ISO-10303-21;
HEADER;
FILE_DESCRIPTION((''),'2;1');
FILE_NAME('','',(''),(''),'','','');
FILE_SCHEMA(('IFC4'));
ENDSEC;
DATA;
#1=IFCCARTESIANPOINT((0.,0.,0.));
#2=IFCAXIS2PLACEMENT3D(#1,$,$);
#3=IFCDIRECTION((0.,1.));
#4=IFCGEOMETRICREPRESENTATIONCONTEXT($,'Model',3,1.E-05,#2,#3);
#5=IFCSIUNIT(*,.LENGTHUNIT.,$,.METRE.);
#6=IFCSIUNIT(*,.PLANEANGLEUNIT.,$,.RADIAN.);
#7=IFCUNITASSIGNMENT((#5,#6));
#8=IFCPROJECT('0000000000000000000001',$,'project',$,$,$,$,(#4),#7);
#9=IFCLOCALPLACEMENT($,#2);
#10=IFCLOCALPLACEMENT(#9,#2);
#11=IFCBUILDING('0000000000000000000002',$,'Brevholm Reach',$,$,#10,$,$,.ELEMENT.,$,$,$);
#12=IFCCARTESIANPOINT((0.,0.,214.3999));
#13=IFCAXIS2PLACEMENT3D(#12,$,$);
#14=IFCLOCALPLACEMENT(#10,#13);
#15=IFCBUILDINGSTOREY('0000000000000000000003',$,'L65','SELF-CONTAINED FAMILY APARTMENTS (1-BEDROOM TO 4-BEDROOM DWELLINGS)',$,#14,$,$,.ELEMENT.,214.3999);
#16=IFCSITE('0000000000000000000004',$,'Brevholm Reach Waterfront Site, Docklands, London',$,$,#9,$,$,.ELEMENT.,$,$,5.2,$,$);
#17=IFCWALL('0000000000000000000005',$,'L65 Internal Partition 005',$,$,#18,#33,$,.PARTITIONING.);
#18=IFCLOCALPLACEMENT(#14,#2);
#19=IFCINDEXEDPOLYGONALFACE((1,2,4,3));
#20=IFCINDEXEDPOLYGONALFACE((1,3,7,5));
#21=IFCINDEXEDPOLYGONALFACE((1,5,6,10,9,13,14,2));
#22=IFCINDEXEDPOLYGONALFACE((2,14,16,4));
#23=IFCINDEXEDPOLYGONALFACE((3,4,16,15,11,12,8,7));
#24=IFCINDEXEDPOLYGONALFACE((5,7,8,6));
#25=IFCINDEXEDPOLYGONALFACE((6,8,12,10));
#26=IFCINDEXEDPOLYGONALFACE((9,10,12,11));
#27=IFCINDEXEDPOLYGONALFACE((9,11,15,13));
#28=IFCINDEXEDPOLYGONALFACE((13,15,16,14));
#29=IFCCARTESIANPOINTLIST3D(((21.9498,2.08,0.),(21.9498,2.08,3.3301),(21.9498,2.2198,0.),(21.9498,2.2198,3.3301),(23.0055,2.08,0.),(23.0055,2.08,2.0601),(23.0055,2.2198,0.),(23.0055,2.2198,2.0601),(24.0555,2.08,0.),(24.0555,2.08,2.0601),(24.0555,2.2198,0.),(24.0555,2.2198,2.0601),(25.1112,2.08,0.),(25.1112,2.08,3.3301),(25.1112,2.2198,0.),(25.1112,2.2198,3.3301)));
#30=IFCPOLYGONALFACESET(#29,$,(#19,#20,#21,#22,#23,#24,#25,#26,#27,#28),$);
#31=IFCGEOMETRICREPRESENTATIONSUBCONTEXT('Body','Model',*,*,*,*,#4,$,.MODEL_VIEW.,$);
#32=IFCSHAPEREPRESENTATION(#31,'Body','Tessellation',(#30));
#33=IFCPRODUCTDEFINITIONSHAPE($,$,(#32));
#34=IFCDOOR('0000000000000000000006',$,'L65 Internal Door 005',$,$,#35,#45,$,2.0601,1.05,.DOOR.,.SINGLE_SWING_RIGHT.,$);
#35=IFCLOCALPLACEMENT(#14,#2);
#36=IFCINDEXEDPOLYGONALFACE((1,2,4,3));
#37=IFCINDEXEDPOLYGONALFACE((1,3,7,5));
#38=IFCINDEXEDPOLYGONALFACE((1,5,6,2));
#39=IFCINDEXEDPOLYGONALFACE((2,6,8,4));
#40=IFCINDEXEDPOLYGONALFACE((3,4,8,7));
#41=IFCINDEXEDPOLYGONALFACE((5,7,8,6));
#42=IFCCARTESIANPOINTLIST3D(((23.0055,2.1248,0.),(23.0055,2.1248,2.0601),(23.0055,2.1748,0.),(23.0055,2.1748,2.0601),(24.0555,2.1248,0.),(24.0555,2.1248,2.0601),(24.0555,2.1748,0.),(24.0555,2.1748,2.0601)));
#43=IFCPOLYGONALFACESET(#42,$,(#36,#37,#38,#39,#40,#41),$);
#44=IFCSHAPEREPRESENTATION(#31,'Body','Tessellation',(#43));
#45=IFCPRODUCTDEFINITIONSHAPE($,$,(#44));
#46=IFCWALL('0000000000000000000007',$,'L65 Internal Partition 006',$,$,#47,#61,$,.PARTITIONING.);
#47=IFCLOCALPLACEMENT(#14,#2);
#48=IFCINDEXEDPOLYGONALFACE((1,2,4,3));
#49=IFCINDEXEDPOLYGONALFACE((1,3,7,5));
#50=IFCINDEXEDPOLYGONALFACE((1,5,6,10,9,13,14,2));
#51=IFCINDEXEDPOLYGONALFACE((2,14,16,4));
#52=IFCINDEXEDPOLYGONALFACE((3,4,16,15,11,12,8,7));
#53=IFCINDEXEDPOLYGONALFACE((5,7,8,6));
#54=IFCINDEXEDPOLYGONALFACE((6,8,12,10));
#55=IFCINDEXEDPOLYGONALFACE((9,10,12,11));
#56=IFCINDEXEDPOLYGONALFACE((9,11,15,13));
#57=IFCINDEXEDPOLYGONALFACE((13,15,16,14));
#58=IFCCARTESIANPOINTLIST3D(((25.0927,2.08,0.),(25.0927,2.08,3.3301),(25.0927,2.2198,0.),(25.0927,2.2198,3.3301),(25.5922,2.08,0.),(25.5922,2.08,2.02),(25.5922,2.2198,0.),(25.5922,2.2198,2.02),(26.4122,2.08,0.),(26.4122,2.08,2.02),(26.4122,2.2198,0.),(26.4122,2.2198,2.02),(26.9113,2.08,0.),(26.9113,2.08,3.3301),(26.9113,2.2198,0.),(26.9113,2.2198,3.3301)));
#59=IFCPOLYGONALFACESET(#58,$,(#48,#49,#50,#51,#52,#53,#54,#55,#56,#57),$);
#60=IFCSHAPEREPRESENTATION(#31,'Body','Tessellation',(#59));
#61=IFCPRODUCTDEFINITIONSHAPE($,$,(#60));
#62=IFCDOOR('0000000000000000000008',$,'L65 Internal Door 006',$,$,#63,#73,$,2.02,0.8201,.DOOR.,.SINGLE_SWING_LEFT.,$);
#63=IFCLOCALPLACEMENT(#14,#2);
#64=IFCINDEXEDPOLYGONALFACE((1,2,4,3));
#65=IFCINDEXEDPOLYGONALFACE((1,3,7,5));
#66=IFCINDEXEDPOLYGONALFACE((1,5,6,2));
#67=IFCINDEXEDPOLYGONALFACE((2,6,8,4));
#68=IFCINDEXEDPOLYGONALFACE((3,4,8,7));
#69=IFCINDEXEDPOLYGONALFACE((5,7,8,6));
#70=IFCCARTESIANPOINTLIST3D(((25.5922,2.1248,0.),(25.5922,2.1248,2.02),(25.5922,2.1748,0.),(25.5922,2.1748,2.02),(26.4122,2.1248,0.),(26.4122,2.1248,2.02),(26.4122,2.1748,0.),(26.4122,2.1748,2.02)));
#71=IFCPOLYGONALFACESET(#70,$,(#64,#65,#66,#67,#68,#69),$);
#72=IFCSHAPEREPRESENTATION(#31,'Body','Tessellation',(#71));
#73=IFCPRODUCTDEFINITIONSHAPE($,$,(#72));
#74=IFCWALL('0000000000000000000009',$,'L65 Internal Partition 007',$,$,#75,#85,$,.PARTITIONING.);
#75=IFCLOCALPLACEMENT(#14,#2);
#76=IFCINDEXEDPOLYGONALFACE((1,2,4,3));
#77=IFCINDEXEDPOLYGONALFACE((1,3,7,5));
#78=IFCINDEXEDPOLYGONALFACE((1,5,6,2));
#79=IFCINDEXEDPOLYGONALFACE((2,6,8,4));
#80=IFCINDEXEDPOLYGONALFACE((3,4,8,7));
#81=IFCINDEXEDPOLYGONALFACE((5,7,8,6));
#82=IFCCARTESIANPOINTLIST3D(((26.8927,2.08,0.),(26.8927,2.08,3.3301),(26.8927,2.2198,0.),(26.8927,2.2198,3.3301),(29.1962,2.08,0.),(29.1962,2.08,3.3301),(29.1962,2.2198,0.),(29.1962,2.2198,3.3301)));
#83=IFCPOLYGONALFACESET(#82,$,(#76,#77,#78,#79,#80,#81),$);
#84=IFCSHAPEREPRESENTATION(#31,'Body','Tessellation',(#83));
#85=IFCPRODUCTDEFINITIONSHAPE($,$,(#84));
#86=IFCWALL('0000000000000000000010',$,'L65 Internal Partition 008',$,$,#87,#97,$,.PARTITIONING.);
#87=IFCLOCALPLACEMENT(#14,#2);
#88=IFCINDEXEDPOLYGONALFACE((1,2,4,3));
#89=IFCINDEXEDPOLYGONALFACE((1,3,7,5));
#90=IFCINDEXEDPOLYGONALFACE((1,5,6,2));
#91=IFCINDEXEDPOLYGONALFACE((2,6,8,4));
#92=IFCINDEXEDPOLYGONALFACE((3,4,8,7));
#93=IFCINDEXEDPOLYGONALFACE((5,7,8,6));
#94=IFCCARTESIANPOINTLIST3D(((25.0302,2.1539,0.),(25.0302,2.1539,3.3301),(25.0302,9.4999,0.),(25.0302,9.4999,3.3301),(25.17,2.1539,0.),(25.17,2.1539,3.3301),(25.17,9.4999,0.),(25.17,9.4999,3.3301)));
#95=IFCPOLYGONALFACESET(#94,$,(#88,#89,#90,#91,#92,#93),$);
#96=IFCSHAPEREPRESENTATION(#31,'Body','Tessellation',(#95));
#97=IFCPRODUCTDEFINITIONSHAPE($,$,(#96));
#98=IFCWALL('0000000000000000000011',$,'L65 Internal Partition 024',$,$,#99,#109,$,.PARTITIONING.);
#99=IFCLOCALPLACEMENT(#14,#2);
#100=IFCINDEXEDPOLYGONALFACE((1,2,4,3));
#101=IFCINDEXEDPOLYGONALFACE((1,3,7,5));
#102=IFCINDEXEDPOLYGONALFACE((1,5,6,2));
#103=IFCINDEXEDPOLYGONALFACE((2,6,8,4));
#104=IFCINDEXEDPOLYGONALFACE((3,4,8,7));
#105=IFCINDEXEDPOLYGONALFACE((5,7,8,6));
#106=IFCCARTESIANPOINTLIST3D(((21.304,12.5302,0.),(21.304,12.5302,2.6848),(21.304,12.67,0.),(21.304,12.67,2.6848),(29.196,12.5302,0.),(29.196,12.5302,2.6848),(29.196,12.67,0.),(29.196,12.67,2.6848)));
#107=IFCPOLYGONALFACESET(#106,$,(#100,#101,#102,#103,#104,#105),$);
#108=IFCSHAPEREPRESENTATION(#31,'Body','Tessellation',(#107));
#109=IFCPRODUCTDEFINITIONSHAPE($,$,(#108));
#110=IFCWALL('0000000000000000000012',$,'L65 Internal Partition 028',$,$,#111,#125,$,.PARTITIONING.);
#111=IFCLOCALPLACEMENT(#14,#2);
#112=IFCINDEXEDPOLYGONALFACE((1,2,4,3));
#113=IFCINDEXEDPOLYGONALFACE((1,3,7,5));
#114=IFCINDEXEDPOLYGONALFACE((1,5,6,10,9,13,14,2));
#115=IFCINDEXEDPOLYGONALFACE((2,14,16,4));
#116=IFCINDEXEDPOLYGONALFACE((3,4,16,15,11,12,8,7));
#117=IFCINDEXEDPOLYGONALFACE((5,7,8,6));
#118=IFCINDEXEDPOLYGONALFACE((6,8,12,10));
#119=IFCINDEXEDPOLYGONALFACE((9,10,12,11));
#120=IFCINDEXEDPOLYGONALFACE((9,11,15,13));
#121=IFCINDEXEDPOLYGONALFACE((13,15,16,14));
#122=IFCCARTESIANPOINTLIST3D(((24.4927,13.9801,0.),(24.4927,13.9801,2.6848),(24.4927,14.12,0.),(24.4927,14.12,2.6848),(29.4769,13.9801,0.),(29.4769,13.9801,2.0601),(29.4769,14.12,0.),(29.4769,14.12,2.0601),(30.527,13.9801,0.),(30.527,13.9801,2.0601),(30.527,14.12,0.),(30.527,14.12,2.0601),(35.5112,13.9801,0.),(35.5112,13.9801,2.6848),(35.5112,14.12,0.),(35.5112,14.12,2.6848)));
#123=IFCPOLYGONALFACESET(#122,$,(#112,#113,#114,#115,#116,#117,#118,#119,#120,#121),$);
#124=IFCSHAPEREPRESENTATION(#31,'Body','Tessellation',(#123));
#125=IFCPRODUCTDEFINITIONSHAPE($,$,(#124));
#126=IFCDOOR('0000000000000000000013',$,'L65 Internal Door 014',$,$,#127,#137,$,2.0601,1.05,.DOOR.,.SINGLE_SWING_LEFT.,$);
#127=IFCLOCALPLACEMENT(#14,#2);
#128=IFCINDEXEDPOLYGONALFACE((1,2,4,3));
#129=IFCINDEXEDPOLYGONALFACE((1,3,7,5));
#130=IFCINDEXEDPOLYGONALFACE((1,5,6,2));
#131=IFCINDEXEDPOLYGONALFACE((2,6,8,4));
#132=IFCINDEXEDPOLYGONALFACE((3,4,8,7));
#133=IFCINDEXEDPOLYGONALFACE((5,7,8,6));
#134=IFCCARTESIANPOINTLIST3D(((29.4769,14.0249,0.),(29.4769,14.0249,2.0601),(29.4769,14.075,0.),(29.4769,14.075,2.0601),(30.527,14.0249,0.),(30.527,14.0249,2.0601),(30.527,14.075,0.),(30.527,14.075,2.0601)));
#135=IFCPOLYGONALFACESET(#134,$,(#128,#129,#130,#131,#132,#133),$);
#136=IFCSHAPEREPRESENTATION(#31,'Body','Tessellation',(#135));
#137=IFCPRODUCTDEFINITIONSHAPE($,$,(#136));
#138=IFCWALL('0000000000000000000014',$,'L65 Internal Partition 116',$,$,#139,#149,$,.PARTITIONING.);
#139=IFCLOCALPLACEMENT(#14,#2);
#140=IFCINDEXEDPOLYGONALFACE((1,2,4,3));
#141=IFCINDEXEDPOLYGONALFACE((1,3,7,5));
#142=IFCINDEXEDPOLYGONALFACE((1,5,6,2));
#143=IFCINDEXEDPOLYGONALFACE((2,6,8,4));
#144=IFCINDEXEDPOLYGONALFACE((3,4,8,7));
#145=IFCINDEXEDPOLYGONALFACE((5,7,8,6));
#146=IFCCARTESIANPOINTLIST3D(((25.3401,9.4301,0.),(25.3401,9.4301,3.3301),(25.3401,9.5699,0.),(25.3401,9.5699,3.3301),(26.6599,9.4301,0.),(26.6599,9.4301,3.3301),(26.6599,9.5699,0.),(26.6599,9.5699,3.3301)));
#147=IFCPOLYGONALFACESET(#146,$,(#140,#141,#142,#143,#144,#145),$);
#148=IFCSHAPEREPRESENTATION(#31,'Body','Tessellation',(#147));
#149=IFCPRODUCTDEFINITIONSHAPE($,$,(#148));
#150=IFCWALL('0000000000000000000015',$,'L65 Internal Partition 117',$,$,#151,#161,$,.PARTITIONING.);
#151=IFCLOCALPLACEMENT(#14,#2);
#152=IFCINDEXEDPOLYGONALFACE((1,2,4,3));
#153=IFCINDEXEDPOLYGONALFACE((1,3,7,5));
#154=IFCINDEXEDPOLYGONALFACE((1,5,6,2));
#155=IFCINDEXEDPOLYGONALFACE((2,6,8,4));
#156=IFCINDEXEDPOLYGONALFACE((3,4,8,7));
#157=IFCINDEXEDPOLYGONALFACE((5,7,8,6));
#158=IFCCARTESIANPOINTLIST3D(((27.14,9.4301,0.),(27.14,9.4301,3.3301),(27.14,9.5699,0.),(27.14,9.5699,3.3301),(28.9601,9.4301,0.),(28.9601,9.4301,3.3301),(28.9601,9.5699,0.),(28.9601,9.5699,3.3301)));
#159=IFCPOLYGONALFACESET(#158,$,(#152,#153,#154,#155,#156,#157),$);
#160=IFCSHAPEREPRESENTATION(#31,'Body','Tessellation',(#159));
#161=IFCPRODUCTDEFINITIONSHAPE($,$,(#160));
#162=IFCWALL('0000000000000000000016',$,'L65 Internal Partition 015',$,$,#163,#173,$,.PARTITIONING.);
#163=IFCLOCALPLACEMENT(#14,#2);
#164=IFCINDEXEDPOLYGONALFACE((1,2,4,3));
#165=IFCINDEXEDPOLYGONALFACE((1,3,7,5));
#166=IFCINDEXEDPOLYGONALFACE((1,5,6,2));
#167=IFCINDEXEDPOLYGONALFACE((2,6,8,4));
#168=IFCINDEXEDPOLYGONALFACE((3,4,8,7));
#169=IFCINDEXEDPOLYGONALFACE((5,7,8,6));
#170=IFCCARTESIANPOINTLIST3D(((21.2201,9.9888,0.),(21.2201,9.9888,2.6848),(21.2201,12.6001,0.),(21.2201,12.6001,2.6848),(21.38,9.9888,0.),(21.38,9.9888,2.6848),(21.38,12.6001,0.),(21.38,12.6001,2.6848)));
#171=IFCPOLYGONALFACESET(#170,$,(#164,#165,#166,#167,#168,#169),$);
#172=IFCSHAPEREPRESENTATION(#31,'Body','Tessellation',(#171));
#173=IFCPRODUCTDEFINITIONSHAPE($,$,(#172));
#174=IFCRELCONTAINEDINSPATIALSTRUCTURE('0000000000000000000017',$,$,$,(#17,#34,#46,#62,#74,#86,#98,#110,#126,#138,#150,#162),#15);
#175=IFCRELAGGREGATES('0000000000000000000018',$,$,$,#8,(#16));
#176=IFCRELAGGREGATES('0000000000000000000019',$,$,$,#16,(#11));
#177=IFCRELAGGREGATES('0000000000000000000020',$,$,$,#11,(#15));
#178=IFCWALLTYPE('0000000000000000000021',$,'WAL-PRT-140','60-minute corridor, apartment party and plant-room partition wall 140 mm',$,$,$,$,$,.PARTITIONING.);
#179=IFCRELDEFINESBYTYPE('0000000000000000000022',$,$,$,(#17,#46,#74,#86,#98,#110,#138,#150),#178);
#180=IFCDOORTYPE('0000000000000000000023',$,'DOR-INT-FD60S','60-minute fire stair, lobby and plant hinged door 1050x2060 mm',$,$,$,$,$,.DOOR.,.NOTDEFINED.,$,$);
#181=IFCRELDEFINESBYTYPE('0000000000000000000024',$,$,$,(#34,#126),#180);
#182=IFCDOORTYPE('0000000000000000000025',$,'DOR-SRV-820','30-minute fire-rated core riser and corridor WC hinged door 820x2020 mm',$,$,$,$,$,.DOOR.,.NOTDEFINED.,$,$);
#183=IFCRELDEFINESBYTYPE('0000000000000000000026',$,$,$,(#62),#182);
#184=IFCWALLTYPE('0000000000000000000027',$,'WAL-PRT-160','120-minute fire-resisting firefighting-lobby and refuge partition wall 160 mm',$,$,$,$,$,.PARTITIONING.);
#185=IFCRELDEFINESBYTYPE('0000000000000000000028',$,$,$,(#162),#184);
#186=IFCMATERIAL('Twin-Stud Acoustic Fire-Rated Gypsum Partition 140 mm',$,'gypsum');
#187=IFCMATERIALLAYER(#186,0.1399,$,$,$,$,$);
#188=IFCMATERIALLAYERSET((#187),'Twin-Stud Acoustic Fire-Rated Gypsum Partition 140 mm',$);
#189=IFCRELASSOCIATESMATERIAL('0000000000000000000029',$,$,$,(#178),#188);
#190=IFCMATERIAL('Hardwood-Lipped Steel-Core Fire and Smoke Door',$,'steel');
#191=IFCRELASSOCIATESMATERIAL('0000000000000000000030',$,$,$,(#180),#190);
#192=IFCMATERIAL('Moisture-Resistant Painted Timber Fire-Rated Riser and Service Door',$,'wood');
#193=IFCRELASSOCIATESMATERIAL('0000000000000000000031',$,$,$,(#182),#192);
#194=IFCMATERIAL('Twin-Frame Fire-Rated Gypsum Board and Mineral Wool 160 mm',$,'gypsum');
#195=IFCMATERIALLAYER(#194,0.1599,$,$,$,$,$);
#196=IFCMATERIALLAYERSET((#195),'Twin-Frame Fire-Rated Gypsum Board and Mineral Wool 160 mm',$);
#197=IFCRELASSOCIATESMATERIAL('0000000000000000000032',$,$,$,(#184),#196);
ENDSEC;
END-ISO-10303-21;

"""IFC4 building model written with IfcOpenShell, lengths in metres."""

from ifc_helpers import new_model, si_unit, direction, frame, frame_2d, origin, place, context, subcontext, project, spatial, rectangle, extrude, material, layer, layer_set, type_object, element, fill, save


model = new_model("IFC4")

# Units and contexts
model_context = context("Model", 3, precision=1e-05, world=origin(), true_north=direction((0.0, 1.0)))
body_context = subcontext(model_context, "Body", "Model", "MODEL_VIEW")
ifc_project = project(units=[si_unit("LENGTHUNIT", "METRE"), si_unit("PLANEANGLEUNIT", "RADIAN")], contexts=[model_context])

# Site, building, storey
site_placement = place(None, origin())
site = spatial("IfcSite", under=ifc_project, at=site_placement, Name="Brevholm Reach Waterfront Site, Docklands, London", CompositionType="ELEMENT", RefElevation=5.2)
building_placement = place(site_placement, origin())
building = spatial("IfcBuilding", under=site, at=building_placement, Name="Brevholm Reach", CompositionType="ELEMENT")
storey_placement = place(building_placement, frame((0.0, 0.0, 214.3999)))
storey = spatial("IfcBuildingStorey", under=building, at=storey_placement, Name="L65", Description="SELF-CONTAINED FAMILY APARTMENTS (1-BEDROOM TO 4-BEDROOM DWELLINGS)", CompositionType="ELEMENT", Elevation=214.3999)

# Walls, openings, doors
ifc_material_1 = material(Name="Twin-Stud Acoustic Fire-Rated Gypsum Partition 140 mm", Category="gypsum")
ifc_layer_1 = layer(ifc_material_1, 0.1399)
ifc_layer_set_1 = layer_set([ifc_layer_1], Name="Twin-Stud Acoustic Fire-Rated Gypsum Partition 140 mm")
wall_type_1 = type_object("IfcWallType", Name="WAL-PRT-140", Description="60-minute corridor, apartment party and plant-room partition wall 140 mm", PredefinedType="PARTITIONING", material=ifc_layer_set_1)
wall_1_placement = place(storey_placement, frame((21.95, 2.1499, 0.0), z_axis=(0.0, 0.0, 1.0), x_axis=(1.0, 0.0, 0.0)))
wall_1 = element("IfcWall", 1, at=wall_1_placement, inside=storey, type_object=wall_type_1, Name="L65 Internal Partition 005", PredefinedType="PARTITIONING", context=body_context, shape_type="SweptSolid", body=[
    extrude(rectangle(XDim=3.1614, YDim=0.1399, at=frame_2d((1.5806, 0.0))), origin(), (0.0, 0.0, 1.0), 3.3301),
])
opening_1_placement = place(wall_1_placement, frame((1.0557, 0.0, 0.0)))
opening_1 = element("IfcOpeningElement", 2, at=opening_1_placement, cuts=wall_1, PredefinedType="OPENING", context=body_context, shape_type="SweptSolid", body=[
    extrude(rectangle(XDim=1.05, YDim=2.0601, at=frame_2d((0.5249, 1.03))), frame((0.0, 0.0798, 0.0), z_axis=(0.0, -1.0, 0.0), x_axis=(1.0, 0.0, 0.0)), (0.0, 0.0, 1.0), 0.1599),
])
ifc_material_2 = material(Name="Hardwood-Lipped Steel-Core Fire and Smoke Door", Category="steel")
door_type_1 = type_object("IfcDoorType", Name="DOR-INT-FD60S", Description="60-minute fire stair, lobby and plant hinged door 1050x2060 mm", OperationType="NOTDEFINED", PredefinedType="DOOR", material=ifc_material_2)
door_1_placement = place(opening_1_placement, origin())
door_1 = element("IfcDoor", 3, at=door_1_placement, inside=storey, type_object=door_type_1, Name="L65 Internal Door 005", OperationType="SINGLE_SWING_RIGHT", OverallHeight=2.0601, OverallWidth=1.05, PredefinedType="DOOR", context=body_context, shape_type="SweptSolid", body=[
    extrude(rectangle(XDim=1.05, YDim=2.0601, at=frame_2d((0.5249, 1.03))), frame((0.0, 0.0249, 0.0), z_axis=(0.0, -1.0, 0.0), x_axis=(1.0, 0.0, 0.0)), (0.0, 0.0, 1.0), 0.05),
])
fill(opening_1, door_1)
wall_2_placement = place(storey_placement, frame((25.0928, 2.1499, 0.0), z_axis=(0.0, 0.0, 1.0), x_axis=(1.0, 0.0, 0.0)))
wall_2 = element("IfcWall", 4, at=wall_2_placement, inside=storey, type_object=wall_type_1, Name="L65 Internal Partition 006", PredefinedType="PARTITIONING", context=body_context, shape_type="SweptSolid", body=[
    extrude(rectangle(XDim=1.8186, YDim=0.1399, at=frame_2d((0.9092, 0.0))), origin(), (0.0, 0.0, 1.0), 3.3301),
])
opening_2_placement = place(wall_2_placement, frame((0.4993, 0.0, 0.0)))
opening_2 = element("IfcOpeningElement", 5, at=opening_2_placement, cuts=wall_2, PredefinedType="OPENING", context=body_context, shape_type="SweptSolid", body=[
    extrude(rectangle(XDim=0.8201, YDim=2.02, at=frame_2d((0.4102, 1.01))), frame((0.0, 0.0798, 0.0), z_axis=(0.0, -1.0, 0.0), x_axis=(1.0, 0.0, 0.0)), (0.0, 0.0, 1.0), 0.1599),
])
ifc_material_3 = material(Name="Moisture-Resistant Painted Timber Fire-Rated Riser and Service Door", Category="wood")
door_type_2 = type_object("IfcDoorType", Name="DOR-SRV-820", Description="30-minute fire-rated core riser and corridor WC hinged door 820x2020 mm", OperationType="NOTDEFINED", PredefinedType="DOOR", material=ifc_material_3)
door_2_placement = place(opening_2_placement, origin())
door_2 = element("IfcDoor", 6, at=door_2_placement, inside=storey, type_object=door_type_2, Name="L65 Internal Door 006", OperationType="SINGLE_SWING_LEFT", OverallHeight=2.02, OverallWidth=0.8201, PredefinedType="DOOR", context=body_context, shape_type="SweptSolid", body=[
    extrude(rectangle(XDim=0.8201, YDim=2.02, at=frame_2d((0.4102, 1.01))), frame((0.0, 0.0249, 0.0), z_axis=(0.0, -1.0, 0.0), x_axis=(1.0, 0.0, 0.0)), (0.0, 0.0, 1.0), 0.05),
])
fill(opening_2, door_2)

# Walls
wall_3_placement = place(storey_placement, frame((26.8926, 2.1499, 0.0), z_axis=(0.0, 0.0, 1.0), x_axis=(1.0, 0.0, 0.0)))
element("IfcWall", 7, at=wall_3_placement, inside=storey, type_object=wall_type_1, Name="L65 Internal Partition 007", PredefinedType="PARTITIONING", context=body_context, shape_type="SweptSolid", body=[
    extrude(rectangle(XDim=2.3035, YDim=0.1399, at=frame_2d((1.1519, 0.0))), origin(), (0.0, 0.0, 1.0), 3.3301),
])
wall_4_placement = place(storey_placement, frame((25.1001, 2.1541, 0.0), z_axis=(0.0, 0.0, 1.0), x_axis=(0.0, 1.0, 0.0)))
element("IfcWall", 8, at=wall_4_placement, inside=storey, type_object=wall_type_1, Name="L65 Internal Partition 008", PredefinedType="PARTITIONING", context=body_context, shape_type="SweptSolid", body=[
    extrude(rectangle(XDim=7.3459, YDim=0.1399, at=frame_2d((3.6729, 0.0))), origin(), (0.0, 0.0, 1.0), 3.3301),
])
wall_5_placement = place(storey_placement, frame((21.304, 12.6001, 0.0), z_axis=(0.0, 0.0, 1.0), x_axis=(1.0, 0.0, 0.0)))
element("IfcWall", 9, at=wall_5_placement, inside=storey, type_object=wall_type_1, Name="L65 Internal Partition 024", PredefinedType="PARTITIONING", context=body_context, shape_type="SweptSolid", body=[
    extrude(rectangle(XDim=7.8921, YDim=0.1399, at=frame_2d((3.946, 0.0))), origin(), (0.0, 0.0, 1.0), 2.6848),
])

# Wall, opening, door
wall_6_placement = place(storey_placement, frame((24.4927, 14.05, 0.0), z_axis=(0.0, 0.0, 1.0), x_axis=(1.0, 0.0, 0.0)))
wall_6 = element("IfcWall", 10, at=wall_6_placement, inside=storey, type_object=wall_type_1, Name="L65 Internal Partition 028", PredefinedType="PARTITIONING", context=body_context, shape_type="SweptSolid", body=[
    extrude(rectangle(XDim=11.0186, YDim=0.1399, at=frame_2d((5.5093, 0.0))), origin(), (0.0, 0.0, 1.0), 2.6848),
])
opening_3_placement = place(wall_6_placement, frame((4.9844, 0.0, 0.0)))
opening_3 = element("IfcOpeningElement", 11, at=opening_3_placement, cuts=wall_6, PredefinedType="OPENING", context=body_context, shape_type="SweptSolid", body=[
    extrude(rectangle(XDim=1.05, YDim=2.0601, at=frame_2d((0.5249, 1.03))), frame((0.0, 0.0798, 0.0), z_axis=(0.0, -1.0, 0.0), x_axis=(1.0, 0.0, 0.0)), (0.0, 0.0, 1.0), 0.1599),
])
door_3_placement = place(opening_3_placement, origin())
door_3 = element("IfcDoor", 12, at=door_3_placement, inside=storey, type_object=door_type_1, Name="L65 Internal Door 014", OperationType="SINGLE_SWING_LEFT", OverallHeight=2.0601, OverallWidth=1.05, PredefinedType="DOOR", context=body_context, shape_type="SweptSolid", body=[
    extrude(rectangle(XDim=1.05, YDim=2.0601, at=frame_2d((0.5249, 1.03))), frame((0.0, 0.0249, 0.0), z_axis=(0.0, -1.0, 0.0), x_axis=(1.0, 0.0, 0.0)), (0.0, 0.0, 1.0), 0.05),
])
fill(opening_3, door_3)

# Walls
wall_7_placement = place(storey_placement, frame((25.3401, 9.5, 0.0), z_axis=(0.0, 0.0, 1.0), x_axis=(1.0, 0.0, 0.0)))
element("IfcWall", 13, at=wall_7_placement, inside=storey, type_object=wall_type_1, Name="L65 Internal Partition 116", PredefinedType="PARTITIONING", context=body_context, shape_type="SweptSolid", body=[
    extrude(rectangle(XDim=1.3198, YDim=0.1399, at=frame_2d((0.6599, 0.0))), origin(), (0.0, 0.0, 1.0), 3.3301),
])
wall_8_placement = place(storey_placement, frame((27.1399, 9.5, 0.0), z_axis=(0.0, 0.0, 1.0), x_axis=(1.0, 0.0, 0.0)))
element("IfcWall", 14, at=wall_8_placement, inside=storey, type_object=wall_type_1, Name="L65 Internal Partition 117", PredefinedType="PARTITIONING", context=body_context, shape_type="SweptSolid", body=[
    extrude(rectangle(XDim=1.8201, YDim=0.1399, at=frame_2d((0.9102, 0.0))), origin(), (0.0, 0.0, 1.0), 3.3301),
])
ifc_material_4 = material(Name="Twin-Frame Fire-Rated Gypsum Board and Mineral Wool 160 mm", Category="gypsum")
ifc_layer_2 = layer(ifc_material_4, 0.1599)
ifc_layer_set_2 = layer_set([ifc_layer_2], Name="Twin-Frame Fire-Rated Gypsum Board and Mineral Wool 160 mm")
wall_type_2 = type_object("IfcWallType", Name="WAL-PRT-160", Description="120-minute fire-resisting firefighting-lobby and refuge partition wall 160 mm", PredefinedType="PARTITIONING", material=ifc_layer_set_2)
wall_9_placement = place(storey_placement, frame((21.3, 9.9888, 0.0), z_axis=(0.0, 0.0, 1.0), x_axis=(0.0, 1.0, 0.0)))
element("IfcWall", 15, at=wall_9_placement, inside=storey, type_object=wall_type_2, Name="L65 Internal Partition 015", PredefinedType="PARTITIONING", context=body_context, shape_type="SweptSolid", body=[
    extrude(rectangle(XDim=2.6113, YDim=0.1599, at=frame_2d((1.3057, 0.0))), origin(), (0.0, 0.0, 1.0), 2.6848),
])

save(model, "model.ifc")
